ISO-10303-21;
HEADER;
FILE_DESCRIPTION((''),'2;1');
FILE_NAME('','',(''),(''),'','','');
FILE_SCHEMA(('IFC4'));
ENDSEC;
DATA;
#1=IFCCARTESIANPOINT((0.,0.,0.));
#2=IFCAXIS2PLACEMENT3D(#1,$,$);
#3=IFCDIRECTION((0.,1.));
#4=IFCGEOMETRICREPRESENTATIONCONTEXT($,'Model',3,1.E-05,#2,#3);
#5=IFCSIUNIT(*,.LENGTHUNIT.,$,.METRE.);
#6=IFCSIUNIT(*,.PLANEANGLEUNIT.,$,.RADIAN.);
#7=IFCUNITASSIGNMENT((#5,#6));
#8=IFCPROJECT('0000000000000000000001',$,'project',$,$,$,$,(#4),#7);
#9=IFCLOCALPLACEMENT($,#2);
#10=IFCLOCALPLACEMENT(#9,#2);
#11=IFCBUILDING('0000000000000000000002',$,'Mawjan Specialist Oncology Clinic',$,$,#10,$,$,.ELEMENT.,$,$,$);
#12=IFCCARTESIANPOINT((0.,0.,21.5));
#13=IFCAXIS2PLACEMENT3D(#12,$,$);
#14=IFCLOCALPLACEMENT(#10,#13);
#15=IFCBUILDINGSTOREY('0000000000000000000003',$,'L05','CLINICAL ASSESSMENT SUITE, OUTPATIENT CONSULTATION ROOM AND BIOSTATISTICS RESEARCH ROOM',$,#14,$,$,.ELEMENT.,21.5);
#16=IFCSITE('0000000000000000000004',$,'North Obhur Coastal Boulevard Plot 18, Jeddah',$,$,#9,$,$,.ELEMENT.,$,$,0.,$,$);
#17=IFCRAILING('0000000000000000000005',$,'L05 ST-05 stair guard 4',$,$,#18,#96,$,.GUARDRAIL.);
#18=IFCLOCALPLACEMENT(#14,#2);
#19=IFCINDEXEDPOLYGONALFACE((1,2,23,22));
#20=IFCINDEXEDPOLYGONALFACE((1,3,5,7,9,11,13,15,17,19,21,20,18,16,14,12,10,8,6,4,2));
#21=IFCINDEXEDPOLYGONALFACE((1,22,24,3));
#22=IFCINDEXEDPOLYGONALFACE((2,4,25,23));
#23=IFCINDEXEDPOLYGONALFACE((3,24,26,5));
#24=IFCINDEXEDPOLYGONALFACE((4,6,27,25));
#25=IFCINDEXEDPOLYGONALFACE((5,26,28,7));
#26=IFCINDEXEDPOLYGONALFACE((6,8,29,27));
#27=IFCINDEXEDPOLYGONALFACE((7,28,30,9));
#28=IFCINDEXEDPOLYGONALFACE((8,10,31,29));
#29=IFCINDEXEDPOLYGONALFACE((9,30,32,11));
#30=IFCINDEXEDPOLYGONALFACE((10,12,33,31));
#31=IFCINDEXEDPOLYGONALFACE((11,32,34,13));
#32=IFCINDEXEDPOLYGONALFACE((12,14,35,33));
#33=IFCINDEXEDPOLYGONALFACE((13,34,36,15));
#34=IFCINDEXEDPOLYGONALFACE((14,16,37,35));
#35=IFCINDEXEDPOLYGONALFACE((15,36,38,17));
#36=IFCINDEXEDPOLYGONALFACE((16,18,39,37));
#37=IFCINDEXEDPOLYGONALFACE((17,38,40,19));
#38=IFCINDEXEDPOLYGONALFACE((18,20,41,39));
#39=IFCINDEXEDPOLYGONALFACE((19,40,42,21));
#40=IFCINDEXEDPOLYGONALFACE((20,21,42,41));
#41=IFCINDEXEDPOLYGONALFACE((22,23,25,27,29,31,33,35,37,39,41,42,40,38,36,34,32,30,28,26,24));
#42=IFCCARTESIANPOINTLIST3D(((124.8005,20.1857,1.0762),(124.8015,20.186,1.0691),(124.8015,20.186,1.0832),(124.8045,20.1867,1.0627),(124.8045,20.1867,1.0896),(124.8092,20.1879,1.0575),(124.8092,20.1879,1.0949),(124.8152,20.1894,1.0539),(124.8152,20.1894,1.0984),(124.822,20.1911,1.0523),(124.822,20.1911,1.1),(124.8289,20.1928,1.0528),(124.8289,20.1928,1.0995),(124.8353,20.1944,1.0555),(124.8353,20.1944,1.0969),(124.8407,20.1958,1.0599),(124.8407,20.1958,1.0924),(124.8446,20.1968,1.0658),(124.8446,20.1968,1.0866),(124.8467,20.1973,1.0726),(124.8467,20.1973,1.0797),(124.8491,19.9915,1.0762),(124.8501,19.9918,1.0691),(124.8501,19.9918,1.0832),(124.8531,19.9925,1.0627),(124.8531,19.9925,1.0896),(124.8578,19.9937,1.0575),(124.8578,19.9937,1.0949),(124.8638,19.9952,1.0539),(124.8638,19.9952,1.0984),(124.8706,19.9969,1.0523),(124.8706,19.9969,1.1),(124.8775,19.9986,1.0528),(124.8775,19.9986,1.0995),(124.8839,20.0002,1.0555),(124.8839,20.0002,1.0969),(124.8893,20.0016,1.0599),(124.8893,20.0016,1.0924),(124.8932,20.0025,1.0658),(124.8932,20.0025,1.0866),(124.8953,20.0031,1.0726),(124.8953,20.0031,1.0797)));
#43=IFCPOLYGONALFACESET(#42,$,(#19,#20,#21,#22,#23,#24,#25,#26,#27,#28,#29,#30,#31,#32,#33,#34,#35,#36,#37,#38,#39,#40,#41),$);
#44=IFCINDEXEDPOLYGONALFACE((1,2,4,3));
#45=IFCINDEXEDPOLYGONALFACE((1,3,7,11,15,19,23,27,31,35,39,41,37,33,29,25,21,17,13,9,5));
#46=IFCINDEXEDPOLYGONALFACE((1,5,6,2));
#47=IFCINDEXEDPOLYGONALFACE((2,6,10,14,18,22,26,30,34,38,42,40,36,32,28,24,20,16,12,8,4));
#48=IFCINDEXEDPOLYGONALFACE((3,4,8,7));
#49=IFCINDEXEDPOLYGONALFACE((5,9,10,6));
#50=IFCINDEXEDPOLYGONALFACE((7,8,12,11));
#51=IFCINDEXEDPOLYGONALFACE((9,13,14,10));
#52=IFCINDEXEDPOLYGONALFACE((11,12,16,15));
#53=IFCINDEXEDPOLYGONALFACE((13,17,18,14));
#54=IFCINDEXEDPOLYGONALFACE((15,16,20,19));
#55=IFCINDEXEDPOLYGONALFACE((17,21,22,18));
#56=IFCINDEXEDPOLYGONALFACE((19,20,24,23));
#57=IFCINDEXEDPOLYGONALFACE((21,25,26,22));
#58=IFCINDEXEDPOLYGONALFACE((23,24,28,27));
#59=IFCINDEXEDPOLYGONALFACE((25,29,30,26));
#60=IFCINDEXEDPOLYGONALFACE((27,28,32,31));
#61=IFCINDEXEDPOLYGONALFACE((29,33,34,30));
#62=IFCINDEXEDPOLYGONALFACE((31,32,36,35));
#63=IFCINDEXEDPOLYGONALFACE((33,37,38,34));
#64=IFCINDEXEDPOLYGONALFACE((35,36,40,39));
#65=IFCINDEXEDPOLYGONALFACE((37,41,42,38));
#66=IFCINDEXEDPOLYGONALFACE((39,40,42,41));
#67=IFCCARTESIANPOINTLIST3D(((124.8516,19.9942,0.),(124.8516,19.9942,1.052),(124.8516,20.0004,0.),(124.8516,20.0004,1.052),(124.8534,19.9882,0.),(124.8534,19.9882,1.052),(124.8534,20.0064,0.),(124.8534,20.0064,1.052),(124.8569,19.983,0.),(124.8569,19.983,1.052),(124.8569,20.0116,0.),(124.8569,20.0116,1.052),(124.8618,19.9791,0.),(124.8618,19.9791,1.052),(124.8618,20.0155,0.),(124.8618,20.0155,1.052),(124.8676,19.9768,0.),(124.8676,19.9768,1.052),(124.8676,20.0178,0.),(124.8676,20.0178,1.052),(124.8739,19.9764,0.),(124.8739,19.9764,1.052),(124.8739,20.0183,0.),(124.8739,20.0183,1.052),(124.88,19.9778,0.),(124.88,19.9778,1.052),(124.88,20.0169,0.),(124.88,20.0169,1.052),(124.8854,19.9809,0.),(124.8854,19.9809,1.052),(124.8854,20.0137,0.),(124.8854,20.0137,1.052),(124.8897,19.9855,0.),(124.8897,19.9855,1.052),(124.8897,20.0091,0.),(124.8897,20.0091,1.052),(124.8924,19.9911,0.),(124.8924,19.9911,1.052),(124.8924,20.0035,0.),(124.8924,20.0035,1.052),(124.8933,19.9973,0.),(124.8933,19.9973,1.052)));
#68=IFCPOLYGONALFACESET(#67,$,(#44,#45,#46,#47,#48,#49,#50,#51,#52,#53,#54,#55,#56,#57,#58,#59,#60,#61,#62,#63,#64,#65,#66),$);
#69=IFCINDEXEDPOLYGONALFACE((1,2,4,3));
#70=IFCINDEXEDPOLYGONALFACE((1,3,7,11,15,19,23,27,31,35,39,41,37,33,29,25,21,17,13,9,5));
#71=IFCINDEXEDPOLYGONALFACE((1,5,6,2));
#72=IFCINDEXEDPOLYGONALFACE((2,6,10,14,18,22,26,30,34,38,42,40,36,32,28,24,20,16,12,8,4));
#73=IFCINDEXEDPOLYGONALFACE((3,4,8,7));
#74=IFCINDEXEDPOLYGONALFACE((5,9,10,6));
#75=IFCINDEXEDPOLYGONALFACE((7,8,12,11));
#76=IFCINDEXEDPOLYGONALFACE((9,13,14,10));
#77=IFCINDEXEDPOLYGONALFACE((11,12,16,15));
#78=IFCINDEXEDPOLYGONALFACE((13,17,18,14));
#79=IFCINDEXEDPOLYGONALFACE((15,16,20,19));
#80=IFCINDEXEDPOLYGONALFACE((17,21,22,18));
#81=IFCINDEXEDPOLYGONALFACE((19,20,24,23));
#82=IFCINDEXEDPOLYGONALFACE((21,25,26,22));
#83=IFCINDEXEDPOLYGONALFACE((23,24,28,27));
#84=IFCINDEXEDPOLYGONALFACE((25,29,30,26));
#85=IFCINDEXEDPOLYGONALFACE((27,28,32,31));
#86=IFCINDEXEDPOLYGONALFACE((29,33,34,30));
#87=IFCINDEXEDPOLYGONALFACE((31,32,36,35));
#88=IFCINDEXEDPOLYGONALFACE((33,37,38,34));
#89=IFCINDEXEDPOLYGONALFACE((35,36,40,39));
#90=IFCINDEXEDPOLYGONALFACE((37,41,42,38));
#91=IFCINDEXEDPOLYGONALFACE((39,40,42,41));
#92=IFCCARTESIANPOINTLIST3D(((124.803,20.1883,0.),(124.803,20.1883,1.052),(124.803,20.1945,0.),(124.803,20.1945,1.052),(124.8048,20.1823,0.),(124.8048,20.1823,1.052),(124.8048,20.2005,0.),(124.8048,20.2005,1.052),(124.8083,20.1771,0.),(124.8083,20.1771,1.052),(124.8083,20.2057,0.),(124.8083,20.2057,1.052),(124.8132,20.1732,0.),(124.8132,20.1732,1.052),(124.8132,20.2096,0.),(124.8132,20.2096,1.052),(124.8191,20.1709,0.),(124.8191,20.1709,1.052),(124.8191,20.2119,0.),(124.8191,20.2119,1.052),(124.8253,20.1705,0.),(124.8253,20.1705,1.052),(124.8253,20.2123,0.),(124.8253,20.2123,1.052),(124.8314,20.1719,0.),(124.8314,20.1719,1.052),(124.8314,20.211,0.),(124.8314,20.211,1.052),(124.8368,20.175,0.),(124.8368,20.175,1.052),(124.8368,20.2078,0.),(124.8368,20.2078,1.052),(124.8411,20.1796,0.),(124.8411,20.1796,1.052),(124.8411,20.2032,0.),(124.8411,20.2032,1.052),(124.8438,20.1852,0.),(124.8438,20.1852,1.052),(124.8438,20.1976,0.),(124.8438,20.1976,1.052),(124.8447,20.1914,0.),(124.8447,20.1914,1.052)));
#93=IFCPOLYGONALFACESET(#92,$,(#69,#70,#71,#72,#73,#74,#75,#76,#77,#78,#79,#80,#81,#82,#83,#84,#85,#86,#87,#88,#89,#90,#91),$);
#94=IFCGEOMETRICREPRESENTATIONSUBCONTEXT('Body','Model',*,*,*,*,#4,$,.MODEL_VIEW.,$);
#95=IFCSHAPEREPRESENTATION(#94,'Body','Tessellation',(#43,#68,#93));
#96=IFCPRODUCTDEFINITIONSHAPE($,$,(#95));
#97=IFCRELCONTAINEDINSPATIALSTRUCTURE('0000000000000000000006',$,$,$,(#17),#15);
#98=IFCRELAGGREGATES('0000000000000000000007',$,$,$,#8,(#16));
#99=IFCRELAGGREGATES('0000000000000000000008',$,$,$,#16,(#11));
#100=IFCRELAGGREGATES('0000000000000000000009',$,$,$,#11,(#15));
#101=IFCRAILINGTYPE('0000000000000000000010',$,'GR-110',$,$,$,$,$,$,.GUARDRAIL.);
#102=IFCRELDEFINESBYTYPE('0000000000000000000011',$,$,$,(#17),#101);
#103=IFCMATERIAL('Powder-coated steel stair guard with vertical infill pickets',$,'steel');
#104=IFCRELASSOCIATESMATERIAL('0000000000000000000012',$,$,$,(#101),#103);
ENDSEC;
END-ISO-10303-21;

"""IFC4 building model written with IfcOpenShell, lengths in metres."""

from ifc_helpers import new_model, si_unit, direction, frame, origin, origin_2d, place, context, subcontext, project, spatial, circle, extrude, material, type_object, element, save


model = new_model("IFC4")

# Units and contexts
model_context = context("Model", 3, precision=1e-05, world=origin(), true_north=direction((0.0, 1.0)))
body_context = subcontext(model_context, "Body", "Model", "MODEL_VIEW")
ifc_project = project(units=[si_unit("LENGTHUNIT", "METRE"), si_unit("PLANEANGLEUNIT", "RADIAN")], contexts=[model_context])

# Site, building, storey
site_placement = place(None, origin())
site = spatial("IfcSite", under=ifc_project, at=site_placement, Name="North Obhur Coastal Boulevard Plot 18, Jeddah", CompositionType="ELEMENT", RefElevation=0.0)
building_placement = place(site_placement, origin())
building = spatial("IfcBuilding", under=site, at=building_placement, Name="Mawjan Specialist Oncology Clinic", CompositionType="ELEMENT")
storey_placement = place(building_placement, frame((0.0, 0.0, 21.5)))
storey = spatial("IfcBuildingStorey", under=building, at=storey_placement, Name="L05", Description="CLINICAL ASSESSMENT SUITE, OUTPATIENT CONSULTATION ROOM AND BIOSTATISTICS RESEARCH ROOM", CompositionType="ELEMENT", Elevation=21.5)

# Railing
ifc_material_1 = material(Name="Powder-coated steel stair guard with vertical infill pickets", Category="steel")
railing_type_1 = type_object("IfcRailingType", Name="GR-110", PredefinedType="GUARDRAIL", material=ifc_material_1)
railing_1_placement = place(storey_placement, frame((124.8723, 19.9973, 0.0)))
element("IfcRailing", 1, at=railing_1_placement, inside=storey, type_object=railing_type_1, Name="L05 ST-05 stair guard 4", PredefinedType="GUARDRAIL", context=body_context, shape_type="SweptSolid", body=[
    extrude(circle(Radius=0.0239, at=origin_2d()), frame((0.0, 0.0, 1.0762), z_axis=(-0.242823, 0.970071, 0.0), x_axis=(-0.970071, -0.242823, 0.0)), (0.0, 0.0, 1.0), 0.2002),
    extrude(circle(Radius=0.021, at=origin_2d()), origin(), (0.0, 0.0, 1.0), 1.052),
    extrude(circle(Radius=0.021, at=origin_2d()), frame((-0.0486, 0.1941, 0.0)), (0.0, 0.0, 1.0), 1.052),
])

save(model, "model.ifc")
